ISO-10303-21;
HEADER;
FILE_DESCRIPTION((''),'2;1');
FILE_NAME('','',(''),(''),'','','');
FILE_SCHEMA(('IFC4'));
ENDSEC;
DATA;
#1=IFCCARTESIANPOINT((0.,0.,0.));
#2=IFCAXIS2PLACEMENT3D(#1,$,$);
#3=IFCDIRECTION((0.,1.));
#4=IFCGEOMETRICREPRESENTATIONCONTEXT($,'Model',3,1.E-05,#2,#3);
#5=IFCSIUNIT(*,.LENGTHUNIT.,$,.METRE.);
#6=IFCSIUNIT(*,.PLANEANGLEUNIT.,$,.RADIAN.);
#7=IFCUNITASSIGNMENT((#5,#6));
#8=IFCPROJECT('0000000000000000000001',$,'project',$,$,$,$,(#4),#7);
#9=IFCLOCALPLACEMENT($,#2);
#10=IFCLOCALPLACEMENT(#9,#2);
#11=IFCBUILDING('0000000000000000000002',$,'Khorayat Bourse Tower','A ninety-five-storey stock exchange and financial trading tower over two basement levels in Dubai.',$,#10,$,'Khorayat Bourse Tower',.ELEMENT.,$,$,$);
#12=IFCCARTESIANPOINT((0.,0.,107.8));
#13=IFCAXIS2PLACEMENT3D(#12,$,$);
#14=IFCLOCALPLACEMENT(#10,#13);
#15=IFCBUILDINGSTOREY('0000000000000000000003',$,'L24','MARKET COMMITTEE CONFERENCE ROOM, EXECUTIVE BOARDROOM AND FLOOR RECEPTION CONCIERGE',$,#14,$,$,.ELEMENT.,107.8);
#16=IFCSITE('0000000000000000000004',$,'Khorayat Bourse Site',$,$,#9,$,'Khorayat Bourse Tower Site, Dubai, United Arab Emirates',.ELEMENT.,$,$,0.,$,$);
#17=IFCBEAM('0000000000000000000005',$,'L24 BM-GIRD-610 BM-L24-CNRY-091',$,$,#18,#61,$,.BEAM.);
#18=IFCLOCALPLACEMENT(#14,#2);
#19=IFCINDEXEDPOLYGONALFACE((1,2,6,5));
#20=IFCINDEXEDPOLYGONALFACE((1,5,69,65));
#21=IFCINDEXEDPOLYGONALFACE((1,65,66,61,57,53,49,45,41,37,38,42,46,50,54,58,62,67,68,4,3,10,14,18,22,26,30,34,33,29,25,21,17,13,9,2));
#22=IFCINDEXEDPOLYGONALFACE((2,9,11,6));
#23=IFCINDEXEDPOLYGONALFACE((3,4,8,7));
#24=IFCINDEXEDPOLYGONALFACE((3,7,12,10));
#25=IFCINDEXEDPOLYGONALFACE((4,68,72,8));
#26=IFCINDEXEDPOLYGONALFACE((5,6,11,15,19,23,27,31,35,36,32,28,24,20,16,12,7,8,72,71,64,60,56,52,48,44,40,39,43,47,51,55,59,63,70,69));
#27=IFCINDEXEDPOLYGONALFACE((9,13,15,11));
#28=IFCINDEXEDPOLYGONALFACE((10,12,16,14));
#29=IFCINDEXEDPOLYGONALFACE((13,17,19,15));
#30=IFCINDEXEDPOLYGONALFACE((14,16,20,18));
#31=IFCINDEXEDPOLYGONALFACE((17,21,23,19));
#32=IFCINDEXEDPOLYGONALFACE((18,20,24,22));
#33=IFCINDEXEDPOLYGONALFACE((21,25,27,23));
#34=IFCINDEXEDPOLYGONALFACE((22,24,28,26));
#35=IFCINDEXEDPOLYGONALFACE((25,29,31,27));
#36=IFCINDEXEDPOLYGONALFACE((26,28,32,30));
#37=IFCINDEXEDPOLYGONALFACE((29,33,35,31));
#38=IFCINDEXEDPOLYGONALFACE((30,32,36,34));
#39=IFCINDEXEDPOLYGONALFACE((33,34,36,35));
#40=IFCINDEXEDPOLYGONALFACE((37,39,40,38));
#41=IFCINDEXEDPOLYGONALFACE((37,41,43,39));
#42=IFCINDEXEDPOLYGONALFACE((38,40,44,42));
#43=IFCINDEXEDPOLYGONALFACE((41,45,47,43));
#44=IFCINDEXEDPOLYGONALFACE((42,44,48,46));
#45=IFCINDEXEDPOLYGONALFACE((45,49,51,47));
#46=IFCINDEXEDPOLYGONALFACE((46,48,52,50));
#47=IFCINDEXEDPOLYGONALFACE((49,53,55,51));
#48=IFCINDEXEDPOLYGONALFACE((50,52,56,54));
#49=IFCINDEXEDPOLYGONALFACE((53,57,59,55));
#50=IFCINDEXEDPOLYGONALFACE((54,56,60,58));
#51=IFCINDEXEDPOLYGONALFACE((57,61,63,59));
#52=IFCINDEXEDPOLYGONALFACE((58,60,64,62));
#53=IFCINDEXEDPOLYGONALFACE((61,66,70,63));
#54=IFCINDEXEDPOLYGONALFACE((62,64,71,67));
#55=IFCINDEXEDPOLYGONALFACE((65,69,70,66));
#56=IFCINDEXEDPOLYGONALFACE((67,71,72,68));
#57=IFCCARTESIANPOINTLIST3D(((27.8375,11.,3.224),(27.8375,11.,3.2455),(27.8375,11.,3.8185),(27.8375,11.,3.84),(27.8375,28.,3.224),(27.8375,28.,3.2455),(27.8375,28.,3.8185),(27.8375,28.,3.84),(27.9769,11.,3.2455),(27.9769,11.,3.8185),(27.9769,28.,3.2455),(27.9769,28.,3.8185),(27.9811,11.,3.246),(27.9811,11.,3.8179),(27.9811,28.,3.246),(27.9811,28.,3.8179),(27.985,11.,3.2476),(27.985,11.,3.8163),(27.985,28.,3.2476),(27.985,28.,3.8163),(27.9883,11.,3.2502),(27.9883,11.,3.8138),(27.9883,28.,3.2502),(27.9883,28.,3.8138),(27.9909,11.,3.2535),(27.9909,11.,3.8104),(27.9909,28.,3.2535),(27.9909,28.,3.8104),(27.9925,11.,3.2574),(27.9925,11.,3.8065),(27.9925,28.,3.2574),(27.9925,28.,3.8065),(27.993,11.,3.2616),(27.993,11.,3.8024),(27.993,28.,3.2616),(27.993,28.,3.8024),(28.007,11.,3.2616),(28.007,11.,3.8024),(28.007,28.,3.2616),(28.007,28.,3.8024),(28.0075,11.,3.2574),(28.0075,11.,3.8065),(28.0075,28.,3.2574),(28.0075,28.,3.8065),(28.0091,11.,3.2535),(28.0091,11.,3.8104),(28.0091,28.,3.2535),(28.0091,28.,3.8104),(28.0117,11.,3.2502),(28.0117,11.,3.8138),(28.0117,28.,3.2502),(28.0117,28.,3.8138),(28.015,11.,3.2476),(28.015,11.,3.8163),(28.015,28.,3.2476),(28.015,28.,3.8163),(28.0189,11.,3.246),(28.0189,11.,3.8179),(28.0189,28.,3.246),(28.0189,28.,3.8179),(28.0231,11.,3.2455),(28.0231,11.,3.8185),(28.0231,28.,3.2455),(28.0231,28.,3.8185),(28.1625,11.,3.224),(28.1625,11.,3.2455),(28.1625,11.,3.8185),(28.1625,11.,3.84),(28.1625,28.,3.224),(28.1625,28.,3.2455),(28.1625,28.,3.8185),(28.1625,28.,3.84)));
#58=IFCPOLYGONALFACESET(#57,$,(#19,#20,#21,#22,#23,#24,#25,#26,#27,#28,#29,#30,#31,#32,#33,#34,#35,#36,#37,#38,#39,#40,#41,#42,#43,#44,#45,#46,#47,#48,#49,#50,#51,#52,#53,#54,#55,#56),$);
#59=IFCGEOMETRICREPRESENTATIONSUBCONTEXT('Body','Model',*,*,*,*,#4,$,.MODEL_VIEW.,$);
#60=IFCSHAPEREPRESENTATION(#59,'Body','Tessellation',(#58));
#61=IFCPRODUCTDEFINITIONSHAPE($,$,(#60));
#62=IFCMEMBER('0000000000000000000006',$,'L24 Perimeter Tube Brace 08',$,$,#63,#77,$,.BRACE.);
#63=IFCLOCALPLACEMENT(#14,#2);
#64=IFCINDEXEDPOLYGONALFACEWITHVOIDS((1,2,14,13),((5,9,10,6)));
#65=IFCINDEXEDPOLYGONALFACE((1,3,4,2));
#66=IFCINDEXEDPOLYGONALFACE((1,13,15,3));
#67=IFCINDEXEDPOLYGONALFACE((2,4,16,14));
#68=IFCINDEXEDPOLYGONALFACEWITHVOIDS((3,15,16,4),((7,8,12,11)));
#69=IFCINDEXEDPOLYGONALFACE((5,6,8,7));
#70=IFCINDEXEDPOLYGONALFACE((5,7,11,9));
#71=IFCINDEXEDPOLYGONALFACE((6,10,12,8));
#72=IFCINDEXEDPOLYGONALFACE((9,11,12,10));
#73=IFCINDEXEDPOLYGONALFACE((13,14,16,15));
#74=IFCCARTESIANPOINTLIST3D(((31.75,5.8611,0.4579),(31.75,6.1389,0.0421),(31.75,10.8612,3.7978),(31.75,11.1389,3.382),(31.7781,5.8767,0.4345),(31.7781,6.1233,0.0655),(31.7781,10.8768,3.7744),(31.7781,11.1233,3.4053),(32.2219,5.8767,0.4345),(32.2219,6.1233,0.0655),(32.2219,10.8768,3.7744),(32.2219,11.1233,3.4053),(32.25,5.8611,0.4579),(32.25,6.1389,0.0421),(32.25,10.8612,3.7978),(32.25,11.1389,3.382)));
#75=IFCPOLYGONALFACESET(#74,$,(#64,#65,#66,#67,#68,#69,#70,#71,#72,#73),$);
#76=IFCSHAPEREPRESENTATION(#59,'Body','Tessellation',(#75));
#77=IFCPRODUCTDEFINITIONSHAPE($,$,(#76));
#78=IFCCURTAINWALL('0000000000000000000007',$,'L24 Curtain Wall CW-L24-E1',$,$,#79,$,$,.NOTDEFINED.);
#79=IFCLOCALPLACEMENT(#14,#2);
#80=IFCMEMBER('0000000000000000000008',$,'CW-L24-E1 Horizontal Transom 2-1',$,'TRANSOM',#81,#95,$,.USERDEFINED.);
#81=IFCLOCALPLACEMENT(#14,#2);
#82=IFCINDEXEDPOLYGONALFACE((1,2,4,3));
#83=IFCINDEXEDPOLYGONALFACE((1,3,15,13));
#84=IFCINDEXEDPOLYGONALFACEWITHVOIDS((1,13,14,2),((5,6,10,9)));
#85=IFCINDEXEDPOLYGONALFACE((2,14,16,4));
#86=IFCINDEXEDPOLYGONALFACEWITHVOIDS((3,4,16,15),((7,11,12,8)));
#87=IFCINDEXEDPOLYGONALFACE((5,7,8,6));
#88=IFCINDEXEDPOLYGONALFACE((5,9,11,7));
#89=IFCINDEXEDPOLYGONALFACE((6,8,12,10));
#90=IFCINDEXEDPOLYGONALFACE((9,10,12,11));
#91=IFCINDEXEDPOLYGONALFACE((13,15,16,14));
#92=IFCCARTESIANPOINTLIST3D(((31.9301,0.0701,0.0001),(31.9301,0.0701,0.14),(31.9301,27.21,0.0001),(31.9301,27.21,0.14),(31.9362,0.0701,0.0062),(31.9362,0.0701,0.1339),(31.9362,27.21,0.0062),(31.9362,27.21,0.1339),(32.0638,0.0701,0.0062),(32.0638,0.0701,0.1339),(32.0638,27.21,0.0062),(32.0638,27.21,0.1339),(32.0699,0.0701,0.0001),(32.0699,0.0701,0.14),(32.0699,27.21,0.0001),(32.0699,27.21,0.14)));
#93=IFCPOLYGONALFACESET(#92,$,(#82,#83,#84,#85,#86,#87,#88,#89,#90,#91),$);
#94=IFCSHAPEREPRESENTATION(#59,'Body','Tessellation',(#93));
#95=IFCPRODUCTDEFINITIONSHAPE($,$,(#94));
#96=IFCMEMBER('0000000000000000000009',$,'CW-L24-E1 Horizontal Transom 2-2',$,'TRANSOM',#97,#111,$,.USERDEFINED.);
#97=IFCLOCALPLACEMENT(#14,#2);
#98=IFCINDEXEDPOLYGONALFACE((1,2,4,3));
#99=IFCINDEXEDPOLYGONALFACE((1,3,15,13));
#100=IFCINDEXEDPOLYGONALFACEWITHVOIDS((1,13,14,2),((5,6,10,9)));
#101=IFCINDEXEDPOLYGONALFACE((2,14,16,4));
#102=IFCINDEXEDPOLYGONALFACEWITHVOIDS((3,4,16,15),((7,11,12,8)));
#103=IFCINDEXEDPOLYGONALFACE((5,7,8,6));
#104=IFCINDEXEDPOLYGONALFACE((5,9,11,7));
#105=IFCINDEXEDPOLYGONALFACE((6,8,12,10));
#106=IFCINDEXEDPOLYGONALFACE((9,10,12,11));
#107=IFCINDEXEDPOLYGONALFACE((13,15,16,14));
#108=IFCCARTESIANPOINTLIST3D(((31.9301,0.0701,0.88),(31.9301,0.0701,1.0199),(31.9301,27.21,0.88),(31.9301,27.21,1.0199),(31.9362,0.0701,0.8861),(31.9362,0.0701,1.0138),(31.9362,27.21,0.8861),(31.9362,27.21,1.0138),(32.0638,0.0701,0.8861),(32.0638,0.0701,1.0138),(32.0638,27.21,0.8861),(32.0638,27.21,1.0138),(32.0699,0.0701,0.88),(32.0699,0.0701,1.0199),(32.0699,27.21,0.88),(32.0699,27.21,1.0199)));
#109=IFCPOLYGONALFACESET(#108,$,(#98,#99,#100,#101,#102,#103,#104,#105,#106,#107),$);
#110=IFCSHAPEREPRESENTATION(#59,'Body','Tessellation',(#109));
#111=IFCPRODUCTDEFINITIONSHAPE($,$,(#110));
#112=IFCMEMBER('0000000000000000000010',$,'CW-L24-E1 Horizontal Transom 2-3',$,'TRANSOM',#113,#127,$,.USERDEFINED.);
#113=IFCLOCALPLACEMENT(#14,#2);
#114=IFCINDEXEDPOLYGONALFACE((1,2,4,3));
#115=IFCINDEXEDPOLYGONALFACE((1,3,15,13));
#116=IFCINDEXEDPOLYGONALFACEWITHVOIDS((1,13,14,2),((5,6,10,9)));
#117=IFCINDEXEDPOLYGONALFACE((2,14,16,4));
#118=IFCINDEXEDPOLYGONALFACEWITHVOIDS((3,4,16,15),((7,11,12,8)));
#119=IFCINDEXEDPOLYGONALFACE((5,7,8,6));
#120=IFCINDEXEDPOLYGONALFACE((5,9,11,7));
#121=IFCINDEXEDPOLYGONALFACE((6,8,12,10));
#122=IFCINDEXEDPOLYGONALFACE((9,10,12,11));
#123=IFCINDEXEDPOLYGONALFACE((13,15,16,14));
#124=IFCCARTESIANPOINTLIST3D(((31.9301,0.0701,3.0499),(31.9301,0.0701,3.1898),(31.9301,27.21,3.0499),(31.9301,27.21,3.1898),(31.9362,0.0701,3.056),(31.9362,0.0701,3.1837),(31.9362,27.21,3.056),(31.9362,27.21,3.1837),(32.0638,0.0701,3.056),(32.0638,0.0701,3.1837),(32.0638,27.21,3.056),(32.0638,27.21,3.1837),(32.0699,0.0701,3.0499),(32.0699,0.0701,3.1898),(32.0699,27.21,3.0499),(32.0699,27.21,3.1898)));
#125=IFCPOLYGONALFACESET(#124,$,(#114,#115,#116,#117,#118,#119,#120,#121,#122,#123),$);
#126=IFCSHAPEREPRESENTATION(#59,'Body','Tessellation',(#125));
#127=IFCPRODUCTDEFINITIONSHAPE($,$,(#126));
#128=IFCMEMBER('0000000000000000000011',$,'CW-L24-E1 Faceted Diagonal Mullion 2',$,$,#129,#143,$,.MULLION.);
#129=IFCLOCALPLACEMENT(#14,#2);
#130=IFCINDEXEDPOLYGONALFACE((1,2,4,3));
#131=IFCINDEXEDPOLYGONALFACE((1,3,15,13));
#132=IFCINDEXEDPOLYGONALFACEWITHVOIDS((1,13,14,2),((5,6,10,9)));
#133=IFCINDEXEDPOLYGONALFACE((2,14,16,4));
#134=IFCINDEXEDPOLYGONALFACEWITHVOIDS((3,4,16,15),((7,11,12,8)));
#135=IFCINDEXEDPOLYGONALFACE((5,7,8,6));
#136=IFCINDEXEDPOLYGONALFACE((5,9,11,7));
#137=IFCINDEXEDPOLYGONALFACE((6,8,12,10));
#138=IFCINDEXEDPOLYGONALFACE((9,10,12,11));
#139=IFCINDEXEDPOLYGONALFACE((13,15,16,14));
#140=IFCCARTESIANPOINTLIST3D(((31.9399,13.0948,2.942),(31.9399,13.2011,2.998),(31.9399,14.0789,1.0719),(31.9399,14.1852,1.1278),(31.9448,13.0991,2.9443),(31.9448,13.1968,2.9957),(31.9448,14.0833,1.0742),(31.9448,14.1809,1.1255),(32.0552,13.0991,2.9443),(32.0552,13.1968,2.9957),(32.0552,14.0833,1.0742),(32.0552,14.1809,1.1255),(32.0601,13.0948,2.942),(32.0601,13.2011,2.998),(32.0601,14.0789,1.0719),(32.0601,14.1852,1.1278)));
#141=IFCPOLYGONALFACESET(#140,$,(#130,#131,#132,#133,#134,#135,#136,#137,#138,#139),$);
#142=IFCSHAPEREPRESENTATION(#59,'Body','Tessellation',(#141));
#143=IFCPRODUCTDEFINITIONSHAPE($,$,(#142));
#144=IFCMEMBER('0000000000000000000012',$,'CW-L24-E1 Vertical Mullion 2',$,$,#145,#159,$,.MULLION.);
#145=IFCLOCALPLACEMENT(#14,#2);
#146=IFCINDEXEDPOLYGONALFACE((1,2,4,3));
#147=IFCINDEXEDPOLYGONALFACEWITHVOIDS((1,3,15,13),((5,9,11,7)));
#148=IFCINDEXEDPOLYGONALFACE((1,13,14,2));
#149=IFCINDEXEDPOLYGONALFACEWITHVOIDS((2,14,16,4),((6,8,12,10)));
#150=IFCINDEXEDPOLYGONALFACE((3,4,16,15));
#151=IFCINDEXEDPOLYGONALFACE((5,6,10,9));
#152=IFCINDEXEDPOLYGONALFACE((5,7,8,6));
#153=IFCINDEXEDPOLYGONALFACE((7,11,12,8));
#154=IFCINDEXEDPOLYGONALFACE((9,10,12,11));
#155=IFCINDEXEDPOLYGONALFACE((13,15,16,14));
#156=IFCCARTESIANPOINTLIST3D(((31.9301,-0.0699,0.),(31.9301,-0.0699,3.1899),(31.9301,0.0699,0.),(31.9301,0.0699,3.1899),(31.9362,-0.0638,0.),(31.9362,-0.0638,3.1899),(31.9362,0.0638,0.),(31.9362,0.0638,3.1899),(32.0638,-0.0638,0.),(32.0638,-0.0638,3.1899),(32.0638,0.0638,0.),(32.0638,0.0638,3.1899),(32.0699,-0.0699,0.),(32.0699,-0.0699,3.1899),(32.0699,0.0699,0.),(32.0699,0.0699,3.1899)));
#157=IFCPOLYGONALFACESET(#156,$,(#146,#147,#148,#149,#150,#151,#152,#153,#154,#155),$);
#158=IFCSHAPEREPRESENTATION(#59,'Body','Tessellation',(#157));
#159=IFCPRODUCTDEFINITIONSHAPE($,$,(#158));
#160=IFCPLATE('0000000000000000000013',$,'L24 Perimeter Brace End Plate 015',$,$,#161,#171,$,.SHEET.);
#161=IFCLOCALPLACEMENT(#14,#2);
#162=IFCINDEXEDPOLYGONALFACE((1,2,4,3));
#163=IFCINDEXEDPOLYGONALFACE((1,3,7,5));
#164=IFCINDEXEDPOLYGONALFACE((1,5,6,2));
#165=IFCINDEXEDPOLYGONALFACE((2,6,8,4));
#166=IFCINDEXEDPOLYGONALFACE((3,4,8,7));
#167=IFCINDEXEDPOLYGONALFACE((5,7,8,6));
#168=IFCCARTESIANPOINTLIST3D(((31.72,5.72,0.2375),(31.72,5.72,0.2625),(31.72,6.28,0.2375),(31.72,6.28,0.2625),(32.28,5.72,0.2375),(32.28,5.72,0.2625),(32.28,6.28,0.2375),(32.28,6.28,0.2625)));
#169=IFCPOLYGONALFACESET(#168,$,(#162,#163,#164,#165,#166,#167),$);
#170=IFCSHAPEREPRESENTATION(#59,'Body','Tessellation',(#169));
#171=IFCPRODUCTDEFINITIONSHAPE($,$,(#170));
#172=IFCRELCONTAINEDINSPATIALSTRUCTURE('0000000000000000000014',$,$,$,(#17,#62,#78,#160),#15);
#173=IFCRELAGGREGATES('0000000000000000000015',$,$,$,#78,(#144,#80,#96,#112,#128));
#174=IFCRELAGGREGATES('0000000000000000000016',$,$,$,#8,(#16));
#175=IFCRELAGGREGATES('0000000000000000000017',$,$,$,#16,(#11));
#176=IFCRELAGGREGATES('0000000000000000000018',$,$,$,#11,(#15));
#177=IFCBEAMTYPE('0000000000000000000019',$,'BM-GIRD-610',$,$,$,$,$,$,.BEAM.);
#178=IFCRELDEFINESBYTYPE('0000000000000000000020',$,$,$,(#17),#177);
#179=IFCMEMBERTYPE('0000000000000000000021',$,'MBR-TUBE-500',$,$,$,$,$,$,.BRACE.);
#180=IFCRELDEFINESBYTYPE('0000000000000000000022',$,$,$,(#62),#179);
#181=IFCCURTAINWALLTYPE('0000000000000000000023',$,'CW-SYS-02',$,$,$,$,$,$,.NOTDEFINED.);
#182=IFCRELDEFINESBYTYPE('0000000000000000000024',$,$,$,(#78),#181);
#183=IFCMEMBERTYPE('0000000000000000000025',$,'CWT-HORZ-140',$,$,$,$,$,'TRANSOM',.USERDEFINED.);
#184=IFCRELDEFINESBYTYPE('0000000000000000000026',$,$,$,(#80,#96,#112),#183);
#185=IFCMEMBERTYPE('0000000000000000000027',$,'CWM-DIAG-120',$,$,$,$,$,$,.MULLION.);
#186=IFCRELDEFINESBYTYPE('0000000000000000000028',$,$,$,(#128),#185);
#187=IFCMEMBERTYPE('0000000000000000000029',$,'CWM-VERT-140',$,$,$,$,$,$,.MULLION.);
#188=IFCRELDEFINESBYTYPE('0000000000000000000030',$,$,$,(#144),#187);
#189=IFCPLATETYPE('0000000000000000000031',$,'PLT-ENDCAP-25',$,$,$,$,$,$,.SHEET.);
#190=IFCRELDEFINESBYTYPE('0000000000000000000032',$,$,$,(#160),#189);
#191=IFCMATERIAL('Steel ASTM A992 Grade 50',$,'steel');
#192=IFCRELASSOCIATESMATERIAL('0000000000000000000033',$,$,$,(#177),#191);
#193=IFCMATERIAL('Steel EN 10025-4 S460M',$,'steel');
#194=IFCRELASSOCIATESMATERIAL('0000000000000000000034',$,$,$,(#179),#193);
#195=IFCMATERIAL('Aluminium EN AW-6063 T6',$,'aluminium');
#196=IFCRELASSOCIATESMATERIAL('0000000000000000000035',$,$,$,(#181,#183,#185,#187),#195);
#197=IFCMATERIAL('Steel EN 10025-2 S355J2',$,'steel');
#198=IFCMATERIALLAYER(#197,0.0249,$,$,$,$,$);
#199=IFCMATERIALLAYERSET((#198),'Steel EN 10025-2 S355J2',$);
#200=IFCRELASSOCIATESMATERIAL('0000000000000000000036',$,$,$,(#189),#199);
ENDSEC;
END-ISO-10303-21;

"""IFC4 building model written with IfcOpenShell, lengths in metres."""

from ifc_helpers import new_model, si_unit, direction, frame, origin, origin_2d, place, context, subcontext, project, spatial, rectangle, hollow_rectangle, i_section, extrude, source, transform, mapped, material, layer, layer_set, material_profile, profile_set, type_object, element, aggregate, save


model = new_model("IFC4")

# Units and contexts
model_context = context("Model", 3, precision=1e-05, world=origin(), true_north=direction((0.0, 1.0)))
body_context = subcontext(model_context, "Body", "Model", "MODEL_VIEW")
ifc_project = project(units=[si_unit("LENGTHUNIT", "METRE"), si_unit("PLANEANGLEUNIT", "RADIAN")], contexts=[model_context])

# Site, building, storey
site_placement = place(None, origin())
site = spatial("IfcSite", under=ifc_project, at=site_placement, Name="Khorayat Bourse Site", LongName="Khorayat Bourse Tower Site, Dubai, United Arab Emirates", CompositionType="ELEMENT", RefElevation=0.0)
building_placement = place(site_placement, origin())
building = spatial("IfcBuilding", under=site, at=building_placement, Name="Khorayat Bourse Tower", Description="A ninety-five-storey stock exchange and financial trading tower over two basement levels in Dubai.", LongName="Khorayat Bourse Tower", CompositionType="ELEMENT")
storey_placement = place(building_placement, frame((0.0, 0.0, 107.8)))
storey = spatial("IfcBuildingStorey", under=building, at=storey_placement, Name="L24", Description="MARKET COMMITTEE CONFERENCE ROOM, EXECUTIVE BOARDROOM AND FLOOR RECEPTION CONCIERGE", CompositionType="ELEMENT", Elevation=107.8)

# Shared definitions
ifc_material_1 = material(Name="Steel EN 10025-4 S460M", Category="steel")

# Beam
ifc_material_2 = material(Name="Steel ASTM A992 Grade 50", Category="steel")
ifc_material_profile_1 = material_profile(ifc_material_2, i_section(OverallWidth=0.325, OverallDepth=0.616, WebThickness=0.0139, FlangeThickness=0.0215, FilletRadius=0.0161, at=origin_2d()), Name="W610X174")
ifc_profile_set_1 = profile_set([ifc_material_profile_1], Name="Steel ASTM A992 Grade 50")
beam_type_1 = type_object("IfcBeamType", Name="BM-GIRD-610", PredefinedType="BEAM", material=ifc_profile_set_1)
shared_shape_1 = source(origin(), body_context, "Body", "SweptSolid", [
    extrude(i_section(OverallWidth=0.325, OverallDepth=0.616, WebThickness=0.0139, FlangeThickness=0.0215, FilletRadius=0.0161, at=origin_2d()), origin(), (0.0, 0.0, 1.0), 17.0),
])
beam_1_placement = place(storey_placement, frame((28.0, 11.0, 3.532), z_axis=(0.0, 1.0, 0.0), x_axis=(-1.0, 0.0, 0.0)))
element("IfcBeam", 1, at=beam_1_placement, inside=storey, type_object=beam_type_1, Name="L24 BM-GIRD-610 BM-L24-CNRY-091", PredefinedType="BEAM", context=body_context, shape_type="MappedRepresentation", body=[
    mapped(shared_shape_1, transform((0.0, 0.0, 0.0), scale=1.0)),
])

# Member
ifc_material_profile_2 = material_profile(ifc_material_1, hollow_rectangle(XDim=0.5, YDim=0.5, WallThickness=0.0281, at=origin_2d()), Name="HSS 500x500x28")
ifc_profile_set_2 = profile_set([ifc_material_profile_2], Name="Steel EN 10025-4 S460M")
member_type_1 = type_object("IfcMemberType", Name="MBR-TUBE-500", PredefinedType="BRACE", material=ifc_profile_set_2)
shared_shape_2 = source(origin(), body_context, "Body", "SweptSolid", [
    extrude(hollow_rectangle(XDim=0.5, YDim=0.5, WallThickness=0.0281, at=origin_2d()), origin(), (0.0, 0.0, 1.0), 6.0129),
])
member_1_placement = place(storey_placement, frame((32.0, 6.0, 0.25), z_axis=(0.0, 0.83155, 0.55545), x_axis=(-1.0, 0.0, 0.0)))
element("IfcMember", 2, at=member_1_placement, inside=storey, type_object=member_type_1, Name="L24 Perimeter Tube Brace 08", PredefinedType="BRACE", context=body_context, shape_type="MappedRepresentation", body=[
    mapped(shared_shape_2, transform((0.0, 0.0, 0.0), scale=1.0)),
])

# Curtain wall, members
ifc_material_3 = material(Name="Aluminium EN AW-6063 T6", Category="aluminium")
curtain_wall_type = type_object("IfcCurtainWallType", Name="CW-SYS-02", PredefinedType="NOTDEFINED", material=ifc_material_3)
curtain_wall_placement = place(storey_placement, origin())
curtain_wall = element("IfcCurtainWall", 3, at=curtain_wall_placement, inside=storey, type_object=curtain_wall_type, Name="L24 Curtain Wall CW-L24-E1", PredefinedType="NOTDEFINED")
ifc_material_profile_3 = material_profile(ifc_material_3, hollow_rectangle(XDim=0.1399, YDim=0.1399, WallThickness=0.0061, at=origin_2d()), Name="ALU 140x140x6")
ifc_profile_set_3 = profile_set([ifc_material_profile_3], Name="Aluminium EN AW-6063 T6")
member_type_2 = type_object("IfcMemberType", Name="CWT-HORZ-140", ElementType="TRANSOM", PredefinedType="USERDEFINED", material=ifc_profile_set_3)
shared_shape_3 = source(origin(), body_context, "Body", "SweptSolid", [
    extrude(hollow_rectangle(XDim=0.1399, YDim=0.1399, WallThickness=0.0061, at=origin_2d()), origin(), (0.0, 0.0, 1.0), 27.1399),
])
member_2_placement = place(storey_placement, frame((32.0, 0.0701, 0.0701), z_axis=(0.0, 1.0, 0.0), x_axis=(-1.0, 0.0, 0.0)))
member_2 = element("IfcMember", 4, at=member_2_placement, type_object=member_type_2, Name="CW-L24-E1 Horizontal Transom 2-1", ObjectType="TRANSOM", PredefinedType="USERDEFINED", context=body_context, shape_type="MappedRepresentation", body=[
    mapped(shared_shape_3, transform((0.0, 0.0, 0.0), scale=1.0)),
])
member_3_placement = place(storey_placement, frame((32.0, 0.0701, 0.95), z_axis=(0.0, 1.0, 0.0), x_axis=(-1.0, 0.0, 0.0)))
member_3 = element("IfcMember", 5, at=member_3_placement, type_object=member_type_2, Name="CW-L24-E1 Horizontal Transom 2-2", ObjectType="TRANSOM", PredefinedType="USERDEFINED", context=body_context, shape_type="MappedRepresentation", body=[
    mapped(shared_shape_3, transform((0.0, 0.0, 0.0), scale=1.0)),
])
member_4_placement = place(storey_placement, frame((32.0, 0.0701, 3.1199), z_axis=(0.0, 1.0, 0.0), x_axis=(-1.0, 0.0, 0.0)))
member_4 = element("IfcMember", 6, at=member_4_placement, type_object=member_type_2, Name="CW-L24-E1 Horizontal Transom 2-3", ObjectType="TRANSOM", PredefinedType="USERDEFINED", context=body_context, shape_type="MappedRepresentation", body=[
    mapped(shared_shape_3, transform((0.0, 0.0, 0.0), scale=1.0)),
])
ifc_material_profile_4 = material_profile(ifc_material_3, hollow_rectangle(XDim=0.1201, YDim=0.1201, WallThickness=0.0049, at=origin_2d()), Name="ALU 120x120x5")
ifc_profile_set_4 = profile_set([ifc_material_profile_4], Name="Aluminium EN AW-6063 T6")
member_type_3 = type_object("IfcMemberType", Name="CWM-DIAG-120", PredefinedType="MULLION", material=ifc_profile_set_4)
shared_shape_4 = source(origin(), body_context, "Body", "SweptSolid", [
    extrude(hollow_rectangle(XDim=0.1201, YDim=0.1201, WallThickness=0.0049, at=origin_2d()), origin(), (0.0, 0.0, 1.0), 2.1133),
])
member_5_placement = place(storey_placement, frame((32.0, 14.1321, 1.0999), z_axis=(0.0, -0.465694, 0.884946), x_axis=(1.0, 0.0, 0.0)))
member_5 = element("IfcMember", 7, at=member_5_placement, type_object=member_type_3, Name="CW-L24-E1 Faceted Diagonal Mullion 2", PredefinedType="MULLION", context=body_context, shape_type="MappedRepresentation", body=[
    mapped(shared_shape_4, transform((0.0, 0.0, 0.0), scale=1.0)),
])
ifc_material_profile_5 = material_profile(ifc_material_3, hollow_rectangle(XDim=0.1399, YDim=0.1399, WallThickness=0.0061, at=origin_2d()), Name="ALU 140x140x6")
ifc_profile_set_5 = profile_set([ifc_material_profile_5], Name="Aluminium EN AW-6063 T6")
member_type_4 = type_object("IfcMemberType", Name="CWM-VERT-140", PredefinedType="MULLION", material=ifc_profile_set_5)
shared_shape_5 = source(origin(), body_context, "Body", "SweptSolid", [
    extrude(hollow_rectangle(XDim=0.1399, YDim=0.1399, WallThickness=0.0061, at=origin_2d()), origin(), (0.0, 0.0, 1.0), 3.1899),
])
member_6_placement = place(storey_placement, frame((32.0, 0.0, 0.0), z_axis=(0.0, 0.0, 1.0), x_axis=(-1.0, 0.0, 0.0)))
member_6 = element("IfcMember", 8, at=member_6_placement, type_object=member_type_4, Name="CW-L24-E1 Vertical Mullion 2", PredefinedType="MULLION", context=body_context, shape_type="MappedRepresentation", body=[
    mapped(shared_shape_5, transform((0.0, 0.0, 0.0), scale=1.0)),
])

# Plate
ifc_material_4 = material(Name="Steel EN 10025-2 S355J2", Category="steel")
ifc_layer_1 = layer(ifc_material_4, 0.0249)
ifc_layer_set_1 = layer_set([ifc_layer_1], Name="Steel EN 10025-2 S355J2")
plate_type_1 = type_object("IfcPlateType", Name="PLT-ENDCAP-25", PredefinedType="SHEET", material=ifc_layer_set_1)
shared_shape_6 = source(origin(), body_context, "Body", "SweptSolid", [
    extrude(rectangle(XDim=0.5601, YDim=0.5601, at=origin_2d()), origin(), (0.0, 0.0, 1.0), 0.0249),
])
for number, where, z_axis, x_axis, name in (
    (9, (32.0, 6.0, 0.2375), (0.0, 0.0, 1.0), (1.0, 0.0, 0.0), "L24 Perimeter Brace End Plate 015"),
):
    element("IfcPlate", number, at=place(storey_placement, frame(where, z_axis=z_axis, x_axis=x_axis)), inside=storey, type_object=plate_type_1, Name=name, PredefinedType="SHEET", context=body_context, shape_type="MappedRepresentation", body=[
        mapped(shared_shape_6, transform((0.0, 0.0, 0.0), scale=1.0)),
    ])

aggregate(curtain_wall, [member_6, member_2, member_3, member_4, member_5])

save(model, "model.ifc")
